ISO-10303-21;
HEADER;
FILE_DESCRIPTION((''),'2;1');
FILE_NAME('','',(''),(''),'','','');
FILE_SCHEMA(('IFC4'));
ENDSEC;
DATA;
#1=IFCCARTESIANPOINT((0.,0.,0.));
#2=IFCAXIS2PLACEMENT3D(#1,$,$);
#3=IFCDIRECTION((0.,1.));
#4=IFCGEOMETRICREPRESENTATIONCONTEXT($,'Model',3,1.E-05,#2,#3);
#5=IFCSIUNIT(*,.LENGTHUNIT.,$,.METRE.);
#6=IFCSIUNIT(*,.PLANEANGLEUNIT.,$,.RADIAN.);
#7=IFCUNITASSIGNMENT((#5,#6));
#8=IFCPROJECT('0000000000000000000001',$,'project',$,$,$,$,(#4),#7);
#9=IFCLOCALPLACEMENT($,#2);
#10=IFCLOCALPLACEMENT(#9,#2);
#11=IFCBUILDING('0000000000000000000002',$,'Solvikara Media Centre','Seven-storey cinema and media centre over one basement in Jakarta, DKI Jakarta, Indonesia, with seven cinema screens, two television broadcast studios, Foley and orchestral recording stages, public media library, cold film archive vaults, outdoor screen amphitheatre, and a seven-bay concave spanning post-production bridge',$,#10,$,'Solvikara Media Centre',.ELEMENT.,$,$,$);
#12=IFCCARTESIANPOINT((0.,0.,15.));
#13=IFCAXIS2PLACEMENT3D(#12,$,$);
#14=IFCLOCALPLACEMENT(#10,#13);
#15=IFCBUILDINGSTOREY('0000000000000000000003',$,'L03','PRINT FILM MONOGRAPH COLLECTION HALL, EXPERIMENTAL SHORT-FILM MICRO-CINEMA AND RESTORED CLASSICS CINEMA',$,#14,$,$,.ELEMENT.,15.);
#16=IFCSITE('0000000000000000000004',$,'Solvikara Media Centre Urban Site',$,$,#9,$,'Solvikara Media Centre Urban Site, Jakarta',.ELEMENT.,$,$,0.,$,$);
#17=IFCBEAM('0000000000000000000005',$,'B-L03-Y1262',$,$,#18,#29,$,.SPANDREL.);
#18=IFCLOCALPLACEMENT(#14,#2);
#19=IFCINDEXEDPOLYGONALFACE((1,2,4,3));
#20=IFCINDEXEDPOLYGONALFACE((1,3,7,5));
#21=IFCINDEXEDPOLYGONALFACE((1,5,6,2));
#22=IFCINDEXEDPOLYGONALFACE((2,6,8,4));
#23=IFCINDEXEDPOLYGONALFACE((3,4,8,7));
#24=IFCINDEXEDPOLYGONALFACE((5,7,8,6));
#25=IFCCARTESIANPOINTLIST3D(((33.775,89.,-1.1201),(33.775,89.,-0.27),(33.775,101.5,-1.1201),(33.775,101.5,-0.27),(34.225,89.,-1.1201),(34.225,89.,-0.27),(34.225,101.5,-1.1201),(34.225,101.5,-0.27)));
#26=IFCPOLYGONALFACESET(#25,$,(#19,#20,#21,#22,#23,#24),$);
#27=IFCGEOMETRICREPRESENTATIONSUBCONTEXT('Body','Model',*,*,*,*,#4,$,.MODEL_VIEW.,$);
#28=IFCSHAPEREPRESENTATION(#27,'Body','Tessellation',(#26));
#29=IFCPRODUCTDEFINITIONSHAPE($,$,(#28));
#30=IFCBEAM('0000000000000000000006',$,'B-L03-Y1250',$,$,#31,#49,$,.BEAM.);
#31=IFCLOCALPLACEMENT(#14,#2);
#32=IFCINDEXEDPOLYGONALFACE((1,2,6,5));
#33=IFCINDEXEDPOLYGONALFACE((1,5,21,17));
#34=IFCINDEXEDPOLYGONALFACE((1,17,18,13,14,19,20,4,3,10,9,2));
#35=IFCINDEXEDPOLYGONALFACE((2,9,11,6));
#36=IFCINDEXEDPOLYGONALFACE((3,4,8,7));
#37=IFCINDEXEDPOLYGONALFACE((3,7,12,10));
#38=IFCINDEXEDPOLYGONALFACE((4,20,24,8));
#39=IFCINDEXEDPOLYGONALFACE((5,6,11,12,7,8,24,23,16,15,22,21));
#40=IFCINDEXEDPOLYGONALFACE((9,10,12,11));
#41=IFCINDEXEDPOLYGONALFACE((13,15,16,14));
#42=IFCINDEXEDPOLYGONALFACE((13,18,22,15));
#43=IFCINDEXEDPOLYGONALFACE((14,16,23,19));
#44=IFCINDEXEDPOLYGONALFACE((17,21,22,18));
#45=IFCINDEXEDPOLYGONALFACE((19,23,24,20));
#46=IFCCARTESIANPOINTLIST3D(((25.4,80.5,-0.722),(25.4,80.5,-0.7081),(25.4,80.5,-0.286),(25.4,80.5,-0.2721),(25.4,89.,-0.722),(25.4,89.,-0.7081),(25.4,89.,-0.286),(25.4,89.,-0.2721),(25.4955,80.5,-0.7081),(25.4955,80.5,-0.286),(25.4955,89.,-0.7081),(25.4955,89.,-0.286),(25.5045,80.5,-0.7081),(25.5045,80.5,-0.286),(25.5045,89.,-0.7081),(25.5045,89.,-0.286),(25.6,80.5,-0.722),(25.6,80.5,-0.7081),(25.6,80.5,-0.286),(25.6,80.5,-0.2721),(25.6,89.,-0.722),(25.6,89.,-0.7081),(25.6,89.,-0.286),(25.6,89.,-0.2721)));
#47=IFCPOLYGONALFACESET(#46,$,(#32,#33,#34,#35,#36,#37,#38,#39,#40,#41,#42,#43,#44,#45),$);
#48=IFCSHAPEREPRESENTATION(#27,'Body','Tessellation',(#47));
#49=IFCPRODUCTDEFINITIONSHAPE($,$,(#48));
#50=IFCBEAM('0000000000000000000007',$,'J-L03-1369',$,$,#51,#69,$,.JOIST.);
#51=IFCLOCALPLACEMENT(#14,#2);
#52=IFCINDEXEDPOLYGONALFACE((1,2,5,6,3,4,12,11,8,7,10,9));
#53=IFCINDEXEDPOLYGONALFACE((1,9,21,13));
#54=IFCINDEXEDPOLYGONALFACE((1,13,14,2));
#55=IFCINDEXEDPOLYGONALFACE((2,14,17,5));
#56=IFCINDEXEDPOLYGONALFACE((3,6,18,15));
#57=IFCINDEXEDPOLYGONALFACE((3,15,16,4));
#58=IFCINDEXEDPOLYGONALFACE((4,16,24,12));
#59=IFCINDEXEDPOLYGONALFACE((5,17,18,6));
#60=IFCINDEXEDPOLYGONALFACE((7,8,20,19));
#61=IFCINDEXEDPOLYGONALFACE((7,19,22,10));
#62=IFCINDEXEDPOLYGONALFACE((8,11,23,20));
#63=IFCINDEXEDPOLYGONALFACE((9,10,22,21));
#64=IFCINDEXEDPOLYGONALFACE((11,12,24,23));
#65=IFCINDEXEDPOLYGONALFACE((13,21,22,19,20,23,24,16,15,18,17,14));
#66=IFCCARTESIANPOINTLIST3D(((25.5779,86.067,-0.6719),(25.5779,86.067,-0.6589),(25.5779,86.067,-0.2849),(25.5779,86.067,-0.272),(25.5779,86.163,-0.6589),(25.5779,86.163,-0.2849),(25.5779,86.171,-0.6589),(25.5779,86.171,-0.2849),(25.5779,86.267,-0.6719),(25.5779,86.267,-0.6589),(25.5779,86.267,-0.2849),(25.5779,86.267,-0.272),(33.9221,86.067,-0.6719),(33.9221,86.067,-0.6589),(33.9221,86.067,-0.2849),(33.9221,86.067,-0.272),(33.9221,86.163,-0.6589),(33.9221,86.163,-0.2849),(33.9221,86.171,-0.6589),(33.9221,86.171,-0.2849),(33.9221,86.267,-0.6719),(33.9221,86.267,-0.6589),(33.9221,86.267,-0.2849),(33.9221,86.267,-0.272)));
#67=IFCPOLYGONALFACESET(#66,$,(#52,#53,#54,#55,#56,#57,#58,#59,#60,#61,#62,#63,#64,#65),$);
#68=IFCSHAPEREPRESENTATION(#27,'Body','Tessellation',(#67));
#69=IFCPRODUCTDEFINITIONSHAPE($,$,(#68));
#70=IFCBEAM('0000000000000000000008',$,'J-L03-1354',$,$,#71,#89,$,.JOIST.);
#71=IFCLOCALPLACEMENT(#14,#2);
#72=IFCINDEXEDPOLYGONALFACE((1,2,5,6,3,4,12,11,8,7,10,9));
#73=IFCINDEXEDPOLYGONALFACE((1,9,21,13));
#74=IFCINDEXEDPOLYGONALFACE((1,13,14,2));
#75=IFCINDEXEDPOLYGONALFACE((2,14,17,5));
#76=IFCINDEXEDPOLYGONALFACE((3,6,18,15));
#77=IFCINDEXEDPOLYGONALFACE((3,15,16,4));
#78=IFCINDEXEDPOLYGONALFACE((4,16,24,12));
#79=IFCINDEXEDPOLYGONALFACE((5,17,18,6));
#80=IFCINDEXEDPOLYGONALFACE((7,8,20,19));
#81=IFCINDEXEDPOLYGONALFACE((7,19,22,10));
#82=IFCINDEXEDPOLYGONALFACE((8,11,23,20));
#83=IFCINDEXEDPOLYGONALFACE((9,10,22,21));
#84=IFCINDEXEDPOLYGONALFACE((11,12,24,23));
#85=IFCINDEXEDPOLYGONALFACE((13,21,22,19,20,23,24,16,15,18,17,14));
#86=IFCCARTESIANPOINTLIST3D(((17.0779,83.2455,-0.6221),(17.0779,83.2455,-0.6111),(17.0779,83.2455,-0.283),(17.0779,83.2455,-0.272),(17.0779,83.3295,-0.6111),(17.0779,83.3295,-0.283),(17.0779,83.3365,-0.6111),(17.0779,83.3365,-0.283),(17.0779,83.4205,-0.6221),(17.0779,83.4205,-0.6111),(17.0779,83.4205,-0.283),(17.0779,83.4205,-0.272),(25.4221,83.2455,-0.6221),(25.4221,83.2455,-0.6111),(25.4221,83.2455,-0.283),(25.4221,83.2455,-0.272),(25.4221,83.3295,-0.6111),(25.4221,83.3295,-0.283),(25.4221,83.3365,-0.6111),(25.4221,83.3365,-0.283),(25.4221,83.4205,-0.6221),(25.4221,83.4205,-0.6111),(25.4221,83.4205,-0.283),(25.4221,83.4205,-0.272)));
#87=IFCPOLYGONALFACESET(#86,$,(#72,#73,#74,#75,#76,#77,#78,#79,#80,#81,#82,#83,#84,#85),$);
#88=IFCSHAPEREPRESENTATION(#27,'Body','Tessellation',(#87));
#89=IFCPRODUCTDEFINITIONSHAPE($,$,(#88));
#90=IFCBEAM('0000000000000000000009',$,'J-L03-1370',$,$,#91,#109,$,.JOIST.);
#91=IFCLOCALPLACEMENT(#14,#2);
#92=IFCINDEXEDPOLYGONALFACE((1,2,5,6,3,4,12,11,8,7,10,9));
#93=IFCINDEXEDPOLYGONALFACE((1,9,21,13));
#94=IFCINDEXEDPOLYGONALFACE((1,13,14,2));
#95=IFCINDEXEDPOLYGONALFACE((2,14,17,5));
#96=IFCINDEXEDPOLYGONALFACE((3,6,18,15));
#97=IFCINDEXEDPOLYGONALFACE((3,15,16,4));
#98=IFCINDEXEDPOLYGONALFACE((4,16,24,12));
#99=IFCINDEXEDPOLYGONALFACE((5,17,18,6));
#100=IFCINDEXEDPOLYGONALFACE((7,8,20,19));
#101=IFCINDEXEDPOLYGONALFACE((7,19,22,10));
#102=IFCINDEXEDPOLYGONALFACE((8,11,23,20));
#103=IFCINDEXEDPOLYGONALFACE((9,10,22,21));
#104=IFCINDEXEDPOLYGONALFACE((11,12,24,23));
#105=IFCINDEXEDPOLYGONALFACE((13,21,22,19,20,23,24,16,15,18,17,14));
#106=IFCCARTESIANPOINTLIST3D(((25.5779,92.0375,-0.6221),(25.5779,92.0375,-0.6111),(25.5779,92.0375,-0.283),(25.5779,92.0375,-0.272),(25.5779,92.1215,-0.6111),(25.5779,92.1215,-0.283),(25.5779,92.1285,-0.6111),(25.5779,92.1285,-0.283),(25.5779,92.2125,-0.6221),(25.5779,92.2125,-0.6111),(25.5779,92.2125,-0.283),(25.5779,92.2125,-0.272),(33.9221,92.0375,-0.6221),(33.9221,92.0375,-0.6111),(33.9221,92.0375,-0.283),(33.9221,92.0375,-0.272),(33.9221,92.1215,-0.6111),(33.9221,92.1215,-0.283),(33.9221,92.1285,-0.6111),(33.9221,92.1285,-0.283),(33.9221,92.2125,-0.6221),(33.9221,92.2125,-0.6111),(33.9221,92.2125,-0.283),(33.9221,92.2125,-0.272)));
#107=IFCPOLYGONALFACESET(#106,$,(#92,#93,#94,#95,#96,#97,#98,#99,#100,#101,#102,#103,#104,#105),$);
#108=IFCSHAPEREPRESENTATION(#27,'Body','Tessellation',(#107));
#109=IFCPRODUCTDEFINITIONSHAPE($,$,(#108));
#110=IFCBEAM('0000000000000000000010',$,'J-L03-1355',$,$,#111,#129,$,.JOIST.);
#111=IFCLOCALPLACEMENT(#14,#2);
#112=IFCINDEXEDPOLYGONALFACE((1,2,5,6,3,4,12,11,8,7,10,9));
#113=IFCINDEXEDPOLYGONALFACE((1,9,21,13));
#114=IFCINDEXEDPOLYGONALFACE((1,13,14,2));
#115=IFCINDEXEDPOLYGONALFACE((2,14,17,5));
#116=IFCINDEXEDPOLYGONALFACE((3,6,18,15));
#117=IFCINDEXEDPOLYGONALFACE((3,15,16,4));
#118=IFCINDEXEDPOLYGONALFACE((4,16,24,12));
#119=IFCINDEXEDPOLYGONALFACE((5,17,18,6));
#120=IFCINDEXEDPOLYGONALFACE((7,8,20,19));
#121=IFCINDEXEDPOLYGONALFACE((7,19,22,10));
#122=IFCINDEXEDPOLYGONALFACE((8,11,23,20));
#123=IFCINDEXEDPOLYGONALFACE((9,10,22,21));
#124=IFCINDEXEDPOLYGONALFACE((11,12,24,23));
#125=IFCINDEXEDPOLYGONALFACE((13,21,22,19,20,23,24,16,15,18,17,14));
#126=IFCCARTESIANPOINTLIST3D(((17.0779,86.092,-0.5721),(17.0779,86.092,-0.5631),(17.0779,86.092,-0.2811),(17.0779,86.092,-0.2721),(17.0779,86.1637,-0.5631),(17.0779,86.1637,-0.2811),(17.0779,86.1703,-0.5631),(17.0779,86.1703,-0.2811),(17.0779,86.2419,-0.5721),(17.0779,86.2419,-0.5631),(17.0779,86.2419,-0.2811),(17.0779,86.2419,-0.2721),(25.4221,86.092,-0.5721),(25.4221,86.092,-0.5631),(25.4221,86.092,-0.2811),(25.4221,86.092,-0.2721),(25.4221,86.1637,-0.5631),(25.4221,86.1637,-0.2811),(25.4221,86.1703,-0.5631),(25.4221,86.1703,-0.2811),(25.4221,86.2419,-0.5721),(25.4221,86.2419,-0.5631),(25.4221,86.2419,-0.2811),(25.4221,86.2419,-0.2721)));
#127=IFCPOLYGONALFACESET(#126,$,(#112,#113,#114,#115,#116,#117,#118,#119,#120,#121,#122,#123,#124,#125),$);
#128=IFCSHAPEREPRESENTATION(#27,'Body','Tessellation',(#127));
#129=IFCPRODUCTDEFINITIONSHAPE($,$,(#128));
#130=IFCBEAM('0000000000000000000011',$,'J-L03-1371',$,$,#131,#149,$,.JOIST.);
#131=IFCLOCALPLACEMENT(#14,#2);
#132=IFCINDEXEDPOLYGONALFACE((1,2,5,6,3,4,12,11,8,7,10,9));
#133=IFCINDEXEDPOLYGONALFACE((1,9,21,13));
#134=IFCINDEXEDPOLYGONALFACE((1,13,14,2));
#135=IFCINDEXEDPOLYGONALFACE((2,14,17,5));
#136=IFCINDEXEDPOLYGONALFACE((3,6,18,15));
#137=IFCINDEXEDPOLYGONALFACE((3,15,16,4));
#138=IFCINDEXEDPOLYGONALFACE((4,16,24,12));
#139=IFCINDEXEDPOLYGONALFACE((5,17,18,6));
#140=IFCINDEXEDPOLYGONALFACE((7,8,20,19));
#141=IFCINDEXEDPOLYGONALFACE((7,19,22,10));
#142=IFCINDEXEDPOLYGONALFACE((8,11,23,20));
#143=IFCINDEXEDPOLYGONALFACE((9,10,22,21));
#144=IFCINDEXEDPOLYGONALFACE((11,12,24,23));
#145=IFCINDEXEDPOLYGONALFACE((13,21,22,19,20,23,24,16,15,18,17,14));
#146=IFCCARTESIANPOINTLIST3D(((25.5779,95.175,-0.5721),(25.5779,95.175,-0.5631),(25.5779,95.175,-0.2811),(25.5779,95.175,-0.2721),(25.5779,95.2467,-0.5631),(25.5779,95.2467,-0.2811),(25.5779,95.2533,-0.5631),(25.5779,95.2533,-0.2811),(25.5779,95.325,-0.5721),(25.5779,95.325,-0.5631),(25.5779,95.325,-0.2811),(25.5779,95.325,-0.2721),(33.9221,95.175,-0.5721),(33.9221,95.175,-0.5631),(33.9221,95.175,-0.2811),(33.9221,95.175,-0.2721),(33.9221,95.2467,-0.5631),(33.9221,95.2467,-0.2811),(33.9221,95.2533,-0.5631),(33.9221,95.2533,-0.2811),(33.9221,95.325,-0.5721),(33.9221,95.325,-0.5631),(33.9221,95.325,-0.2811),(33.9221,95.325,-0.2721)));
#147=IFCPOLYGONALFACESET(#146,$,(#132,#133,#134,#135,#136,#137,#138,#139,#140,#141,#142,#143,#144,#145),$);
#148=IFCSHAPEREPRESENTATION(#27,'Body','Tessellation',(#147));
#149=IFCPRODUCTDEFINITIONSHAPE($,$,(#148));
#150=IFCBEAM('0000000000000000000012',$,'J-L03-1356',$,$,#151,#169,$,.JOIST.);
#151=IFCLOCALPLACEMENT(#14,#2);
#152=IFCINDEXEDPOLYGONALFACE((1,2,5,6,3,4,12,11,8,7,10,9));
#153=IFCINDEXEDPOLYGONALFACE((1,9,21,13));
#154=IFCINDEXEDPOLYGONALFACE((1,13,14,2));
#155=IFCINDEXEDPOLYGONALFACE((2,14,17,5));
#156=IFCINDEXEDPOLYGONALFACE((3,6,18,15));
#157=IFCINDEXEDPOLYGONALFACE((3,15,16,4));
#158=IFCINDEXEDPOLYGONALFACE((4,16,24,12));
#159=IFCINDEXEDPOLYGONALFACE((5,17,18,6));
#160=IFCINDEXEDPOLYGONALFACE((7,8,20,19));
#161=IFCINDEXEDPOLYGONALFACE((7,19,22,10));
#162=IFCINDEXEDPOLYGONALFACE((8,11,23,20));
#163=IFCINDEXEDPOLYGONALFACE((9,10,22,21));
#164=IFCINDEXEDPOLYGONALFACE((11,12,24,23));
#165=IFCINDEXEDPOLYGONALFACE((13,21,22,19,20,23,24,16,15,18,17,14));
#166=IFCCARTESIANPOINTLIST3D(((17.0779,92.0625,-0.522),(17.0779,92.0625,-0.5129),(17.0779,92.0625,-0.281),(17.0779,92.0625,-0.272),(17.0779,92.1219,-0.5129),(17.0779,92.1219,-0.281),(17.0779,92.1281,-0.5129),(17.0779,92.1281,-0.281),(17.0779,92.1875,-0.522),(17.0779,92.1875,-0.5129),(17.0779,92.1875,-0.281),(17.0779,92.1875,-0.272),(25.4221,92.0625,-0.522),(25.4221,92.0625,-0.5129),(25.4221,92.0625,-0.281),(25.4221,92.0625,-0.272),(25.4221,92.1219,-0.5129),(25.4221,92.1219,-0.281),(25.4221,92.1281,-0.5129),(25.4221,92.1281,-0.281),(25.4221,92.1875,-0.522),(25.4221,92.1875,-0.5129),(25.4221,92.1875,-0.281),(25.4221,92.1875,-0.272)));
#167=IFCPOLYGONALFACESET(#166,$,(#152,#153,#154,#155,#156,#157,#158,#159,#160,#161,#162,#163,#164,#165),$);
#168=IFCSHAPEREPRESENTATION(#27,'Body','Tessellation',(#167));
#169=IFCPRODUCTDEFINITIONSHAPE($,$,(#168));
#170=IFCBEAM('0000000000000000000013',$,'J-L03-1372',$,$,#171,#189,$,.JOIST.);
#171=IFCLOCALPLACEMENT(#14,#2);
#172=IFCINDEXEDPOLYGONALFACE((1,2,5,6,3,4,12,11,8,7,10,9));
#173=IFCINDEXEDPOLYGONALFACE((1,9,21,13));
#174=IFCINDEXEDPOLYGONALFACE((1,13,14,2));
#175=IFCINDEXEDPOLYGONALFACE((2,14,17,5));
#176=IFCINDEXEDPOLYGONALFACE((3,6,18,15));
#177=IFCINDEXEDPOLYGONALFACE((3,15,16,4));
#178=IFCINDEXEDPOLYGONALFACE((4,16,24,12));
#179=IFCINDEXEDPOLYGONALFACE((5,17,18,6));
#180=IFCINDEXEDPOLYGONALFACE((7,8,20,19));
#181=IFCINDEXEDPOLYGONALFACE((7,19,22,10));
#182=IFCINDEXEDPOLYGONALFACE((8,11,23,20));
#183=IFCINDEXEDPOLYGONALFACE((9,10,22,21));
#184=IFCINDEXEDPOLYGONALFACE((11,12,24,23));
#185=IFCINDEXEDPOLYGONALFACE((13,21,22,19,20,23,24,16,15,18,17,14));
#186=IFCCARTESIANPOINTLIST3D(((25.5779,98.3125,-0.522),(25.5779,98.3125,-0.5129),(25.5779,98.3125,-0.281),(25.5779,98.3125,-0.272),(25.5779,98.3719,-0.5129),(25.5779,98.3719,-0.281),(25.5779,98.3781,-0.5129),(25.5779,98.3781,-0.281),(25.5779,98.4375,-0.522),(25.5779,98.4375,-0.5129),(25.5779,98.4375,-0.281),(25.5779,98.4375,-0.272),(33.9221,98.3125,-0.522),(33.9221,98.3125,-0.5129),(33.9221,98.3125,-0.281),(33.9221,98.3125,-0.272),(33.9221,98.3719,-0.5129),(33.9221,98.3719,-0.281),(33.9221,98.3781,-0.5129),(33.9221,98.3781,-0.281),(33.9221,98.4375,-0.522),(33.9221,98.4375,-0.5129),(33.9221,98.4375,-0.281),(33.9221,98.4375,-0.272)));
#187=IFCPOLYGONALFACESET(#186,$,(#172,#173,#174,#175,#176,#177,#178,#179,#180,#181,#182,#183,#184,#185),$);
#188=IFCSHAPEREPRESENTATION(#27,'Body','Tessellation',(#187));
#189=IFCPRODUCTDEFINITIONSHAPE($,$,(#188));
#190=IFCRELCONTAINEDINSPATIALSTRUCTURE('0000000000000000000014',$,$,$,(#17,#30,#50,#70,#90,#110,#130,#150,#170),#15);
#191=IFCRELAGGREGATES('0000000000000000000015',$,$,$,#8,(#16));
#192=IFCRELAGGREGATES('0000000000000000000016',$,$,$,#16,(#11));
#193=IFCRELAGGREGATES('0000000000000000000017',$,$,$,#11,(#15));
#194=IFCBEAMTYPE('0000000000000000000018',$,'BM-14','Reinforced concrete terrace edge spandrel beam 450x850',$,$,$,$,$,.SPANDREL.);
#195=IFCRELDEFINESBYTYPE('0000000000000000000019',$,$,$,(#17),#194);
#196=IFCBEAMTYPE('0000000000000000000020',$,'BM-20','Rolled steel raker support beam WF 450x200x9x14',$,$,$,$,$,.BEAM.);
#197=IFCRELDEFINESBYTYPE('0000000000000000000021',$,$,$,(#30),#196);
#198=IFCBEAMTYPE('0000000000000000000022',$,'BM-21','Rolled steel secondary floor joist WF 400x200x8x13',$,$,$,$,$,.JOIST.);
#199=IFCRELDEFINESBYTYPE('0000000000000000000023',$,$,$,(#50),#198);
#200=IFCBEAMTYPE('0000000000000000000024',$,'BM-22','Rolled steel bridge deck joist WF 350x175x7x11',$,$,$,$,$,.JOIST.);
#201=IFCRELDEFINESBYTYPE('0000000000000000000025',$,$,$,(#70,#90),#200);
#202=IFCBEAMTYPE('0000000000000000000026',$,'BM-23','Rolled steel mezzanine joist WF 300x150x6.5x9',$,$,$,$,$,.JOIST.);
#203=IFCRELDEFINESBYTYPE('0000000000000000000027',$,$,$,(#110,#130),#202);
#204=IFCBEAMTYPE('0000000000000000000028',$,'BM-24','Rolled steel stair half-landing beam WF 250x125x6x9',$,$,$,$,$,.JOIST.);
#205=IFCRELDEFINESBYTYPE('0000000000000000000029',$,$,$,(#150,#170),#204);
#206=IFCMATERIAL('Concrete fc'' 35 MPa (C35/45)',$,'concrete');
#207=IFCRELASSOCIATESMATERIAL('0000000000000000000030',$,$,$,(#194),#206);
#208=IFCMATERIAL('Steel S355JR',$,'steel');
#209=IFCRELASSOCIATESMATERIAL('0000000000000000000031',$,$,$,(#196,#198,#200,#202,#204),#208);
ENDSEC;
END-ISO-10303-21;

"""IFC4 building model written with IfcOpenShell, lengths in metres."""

from ifc_helpers import new_model, si_unit, direction, frame, origin, origin_2d, place, context, subcontext, project, spatial, rectangle, i_section, extrude, material, material_profile, profile_set, type_object, element, save


model = new_model("IFC4")

# Units and contexts
model_context = context("Model", 3, precision=1e-05, world=origin(), true_north=direction((0.0, 1.0)))
body_context = subcontext(model_context, "Body", "Model", "MODEL_VIEW")
ifc_project = project(units=[si_unit("LENGTHUNIT", "METRE"), si_unit("PLANEANGLEUNIT", "RADIAN")], contexts=[model_context])

# Site, building, storey
site_placement = place(None, origin())
site = spatial("IfcSite", under=ifc_project, at=site_placement, Name="Solvikara Media Centre Urban Site", LongName="Solvikara Media Centre Urban Site, Jakarta", CompositionType="ELEMENT", RefElevation=0.0)
building_placement = place(site_placement, origin())
building = spatial("IfcBuilding", under=site, at=building_placement, Name="Solvikara Media Centre", Description="Seven-storey cinema and media centre over one basement in Jakarta, DKI Jakarta, Indonesia, with seven cinema screens, two television broadcast studios, Foley and orchestral recording stages, public media library, cold film archive vaults, outdoor screen amphitheatre, and a seven-bay concave spanning post-production bridge", LongName="Solvikara Media Centre", CompositionType="ELEMENT")
storey_placement = place(building_placement, frame((0.0, 0.0, 15.0)))
storey = spatial("IfcBuildingStorey", under=building, at=storey_placement, Name="L03", Description="PRINT FILM MONOGRAPH COLLECTION HALL, EXPERIMENTAL SHORT-FILM MICRO-CINEMA AND RESTORED CLASSICS CINEMA", CompositionType="ELEMENT", Elevation=15.0)

# Shared definitions
ifc_material_1 = material(Name="Steel S355JR", Category="steel")

# Beams
ifc_material_2 = material(Name="Concrete fc' 35 MPa (C35/45)", Category="concrete")
ifc_material_profile_1 = material_profile(ifc_material_2, rectangle(XDim=0.45, YDim=0.8501, at=origin_2d()), Name="RC 450x850")
ifc_profile_set_1 = profile_set([ifc_material_profile_1], Name="Concrete fc' 35 MPa (C35/45)")
beam_type_1 = type_object("IfcBeamType", Name="BM-14", Description="Reinforced concrete terrace edge spandrel beam 450x850", PredefinedType="SPANDREL", material=ifc_profile_set_1)
beam_1_placement = place(storey_placement, frame((34.0, 89.0, -0.6951), z_axis=(0.0, 1.0, 0.0), x_axis=(-1.0, 0.0, 0.0)))
element("IfcBeam", 1, at=beam_1_placement, inside=storey, type_object=beam_type_1, Name="B-L03-Y1262", PredefinedType="SPANDREL", context=body_context, shape_type="SweptSolid", body=[
    extrude(rectangle(XDim=0.45, YDim=0.8501, at=origin_2d()), origin(), (0.0, 0.0, 1.0), 12.5),
])
ifc_material_profile_2 = material_profile(ifc_material_1, i_section(OverallWidth=0.2, OverallDepth=0.45, WebThickness=0.009, FlangeThickness=0.0139, at=origin_2d()), Name="WF 450x200x9x14")
ifc_profile_set_2 = profile_set([ifc_material_profile_2], Name="Steel S355JR")
beam_type_2 = type_object("IfcBeamType", Name="BM-20", Description="Rolled steel raker support beam WF 450x200x9x14", PredefinedType="BEAM", material=ifc_profile_set_2)
beam_2_placement = place(storey_placement, frame((25.5, 80.5, -0.4971), z_axis=(0.0, 1.0, 0.0), x_axis=(-1.0, 0.0, 0.0)))
element("IfcBeam", 2, at=beam_2_placement, inside=storey, type_object=beam_type_2, Name="B-L03-Y1250", PredefinedType="BEAM", context=body_context, shape_type="SweptSolid", body=[
    extrude(i_section(OverallWidth=0.2, OverallDepth=0.45, WebThickness=0.009, FlangeThickness=0.0139, at=origin_2d()), origin(), (0.0, 0.0, 1.0), 8.5),
])
ifc_material_profile_3 = material_profile(ifc_material_1, i_section(OverallWidth=0.2, OverallDepth=0.3999, WebThickness=0.0081, FlangeThickness=0.0129, at=origin_2d()), Name="WF 400x200x8x13")
ifc_profile_set_3 = profile_set([ifc_material_profile_3], Name="Steel S355JR")
beam_type_3 = type_object("IfcBeamType", Name="BM-21", Description="Rolled steel secondary floor joist WF 400x200x8x13", PredefinedType="JOIST", material=ifc_profile_set_3)
beam_3_placement = place(storey_placement, frame((25.5779, 86.167, -0.4719), z_axis=(1.0, 0.0, 0.0), x_axis=(0.0, 1.0, 0.0)))
element("IfcBeam", 3, at=beam_3_placement, inside=storey, type_object=beam_type_3, Name="J-L03-1369", PredefinedType="JOIST", context=body_context, shape_type="SweptSolid", body=[
    extrude(i_section(OverallWidth=0.2, OverallDepth=0.3999, WebThickness=0.0081, FlangeThickness=0.0129, at=origin_2d()), origin(), (0.0, 0.0, 1.0), 8.3442),
])
ifc_material_profile_4 = material_profile(ifc_material_1, i_section(OverallWidth=0.175, OverallDepth=0.3501, WebThickness=0.0071, FlangeThickness=0.011, at=origin_2d()), Name="WF 350x175x7x11")
ifc_profile_set_4 = profile_set([ifc_material_profile_4], Name="Steel S355JR")
beam_type_4 = type_object("IfcBeamType", Name="BM-22", Description="Rolled steel bridge deck joist WF 350x175x7x11", PredefinedType="JOIST", material=ifc_profile_set_4)
for number, where, z_axis, x_axis, name in (
    (4, (17.0779, 83.333, -0.447), (1.0, 0.0, 0.0), (0.0, 1.0, 0.0), "J-L03-1354"),
    (5, (25.5779, 92.125, -0.447), (1.0, 0.0, 0.0), (0.0, 1.0, 0.0), "J-L03-1370"),
):
    element("IfcBeam", number, at=place(storey_placement, frame(where, z_axis=z_axis, x_axis=x_axis)), inside=storey, type_object=beam_type_4, Name=name, PredefinedType="JOIST", context=body_context, shape_type="SweptSolid", body=[
        extrude(i_section(OverallWidth=0.175, OverallDepth=0.3501, WebThickness=0.0071, FlangeThickness=0.011, at=origin_2d()), origin(), (0.0, 0.0, 1.0), 8.3442),
    ])
ifc_material_profile_5 = material_profile(ifc_material_1, i_section(OverallWidth=0.1499, OverallDepth=0.3, WebThickness=0.0066, FlangeThickness=0.009, at=origin_2d()), Name="WF 300x150x6.5x9")
ifc_profile_set_5 = profile_set([ifc_material_profile_5], Name="Steel S355JR")
beam_type_5 = type_object("IfcBeamType", Name="BM-23", Description="Rolled steel mezzanine joist WF 300x150x6.5x9", PredefinedType="JOIST", material=ifc_profile_set_5)
for number, where, z_axis, x_axis, name in (
    (6, (17.0779, 86.167, -0.4221), (1.0, 0.0, 0.0), (0.0, 1.0, 0.0), "J-L03-1355"),
    (7, (25.5779, 95.25, -0.4221), (1.0, 0.0, 0.0), (0.0, 1.0, 0.0), "J-L03-1371"),
):
    element("IfcBeam", number, at=place(storey_placement, frame(where, z_axis=z_axis, x_axis=x_axis)), inside=storey, type_object=beam_type_5, Name=name, PredefinedType="JOIST", context=body_context, shape_type="SweptSolid", body=[
        extrude(i_section(OverallWidth=0.1499, OverallDepth=0.3, WebThickness=0.0066, FlangeThickness=0.009, at=origin_2d()), origin(), (0.0, 0.0, 1.0), 8.3442),
    ])
ifc_material_profile_6 = material_profile(ifc_material_1, i_section(OverallWidth=0.125, OverallDepth=0.25, WebThickness=0.0061, FlangeThickness=0.009, at=origin_2d()), Name="WF 250x125x6x9")
ifc_profile_set_6 = profile_set([ifc_material_profile_6], Name="Steel S355JR")
beam_type_6 = type_object("IfcBeamType", Name="BM-24", Description="Rolled steel stair half-landing beam WF 250x125x6x9", PredefinedType="JOIST", material=ifc_profile_set_6)
for number, where, z_axis, x_axis, name in (
    (8, (17.0779, 92.125, -0.397), (1.0, 0.0, 0.0), (0.0, 1.0, 0.0), "J-L03-1356"),
    (9, (25.5779, 98.375, -0.397), (1.0, 0.0, 0.0), (0.0, 1.0, 0.0), "J-L03-1372"),
):
    element("IfcBeam", number, at=place(storey_placement, frame(where, z_axis=z_axis, x_axis=x_axis)), inside=storey, type_object=beam_type_6, Name=name, PredefinedType="JOIST", context=body_context, shape_type="SweptSolid", body=[
        extrude(i_section(OverallWidth=0.125, OverallDepth=0.25, WebThickness=0.0061, FlangeThickness=0.009, at=origin_2d()), origin(), (0.0, 0.0, 1.0), 8.3442),
    ])

save(model, "model.ifc")
